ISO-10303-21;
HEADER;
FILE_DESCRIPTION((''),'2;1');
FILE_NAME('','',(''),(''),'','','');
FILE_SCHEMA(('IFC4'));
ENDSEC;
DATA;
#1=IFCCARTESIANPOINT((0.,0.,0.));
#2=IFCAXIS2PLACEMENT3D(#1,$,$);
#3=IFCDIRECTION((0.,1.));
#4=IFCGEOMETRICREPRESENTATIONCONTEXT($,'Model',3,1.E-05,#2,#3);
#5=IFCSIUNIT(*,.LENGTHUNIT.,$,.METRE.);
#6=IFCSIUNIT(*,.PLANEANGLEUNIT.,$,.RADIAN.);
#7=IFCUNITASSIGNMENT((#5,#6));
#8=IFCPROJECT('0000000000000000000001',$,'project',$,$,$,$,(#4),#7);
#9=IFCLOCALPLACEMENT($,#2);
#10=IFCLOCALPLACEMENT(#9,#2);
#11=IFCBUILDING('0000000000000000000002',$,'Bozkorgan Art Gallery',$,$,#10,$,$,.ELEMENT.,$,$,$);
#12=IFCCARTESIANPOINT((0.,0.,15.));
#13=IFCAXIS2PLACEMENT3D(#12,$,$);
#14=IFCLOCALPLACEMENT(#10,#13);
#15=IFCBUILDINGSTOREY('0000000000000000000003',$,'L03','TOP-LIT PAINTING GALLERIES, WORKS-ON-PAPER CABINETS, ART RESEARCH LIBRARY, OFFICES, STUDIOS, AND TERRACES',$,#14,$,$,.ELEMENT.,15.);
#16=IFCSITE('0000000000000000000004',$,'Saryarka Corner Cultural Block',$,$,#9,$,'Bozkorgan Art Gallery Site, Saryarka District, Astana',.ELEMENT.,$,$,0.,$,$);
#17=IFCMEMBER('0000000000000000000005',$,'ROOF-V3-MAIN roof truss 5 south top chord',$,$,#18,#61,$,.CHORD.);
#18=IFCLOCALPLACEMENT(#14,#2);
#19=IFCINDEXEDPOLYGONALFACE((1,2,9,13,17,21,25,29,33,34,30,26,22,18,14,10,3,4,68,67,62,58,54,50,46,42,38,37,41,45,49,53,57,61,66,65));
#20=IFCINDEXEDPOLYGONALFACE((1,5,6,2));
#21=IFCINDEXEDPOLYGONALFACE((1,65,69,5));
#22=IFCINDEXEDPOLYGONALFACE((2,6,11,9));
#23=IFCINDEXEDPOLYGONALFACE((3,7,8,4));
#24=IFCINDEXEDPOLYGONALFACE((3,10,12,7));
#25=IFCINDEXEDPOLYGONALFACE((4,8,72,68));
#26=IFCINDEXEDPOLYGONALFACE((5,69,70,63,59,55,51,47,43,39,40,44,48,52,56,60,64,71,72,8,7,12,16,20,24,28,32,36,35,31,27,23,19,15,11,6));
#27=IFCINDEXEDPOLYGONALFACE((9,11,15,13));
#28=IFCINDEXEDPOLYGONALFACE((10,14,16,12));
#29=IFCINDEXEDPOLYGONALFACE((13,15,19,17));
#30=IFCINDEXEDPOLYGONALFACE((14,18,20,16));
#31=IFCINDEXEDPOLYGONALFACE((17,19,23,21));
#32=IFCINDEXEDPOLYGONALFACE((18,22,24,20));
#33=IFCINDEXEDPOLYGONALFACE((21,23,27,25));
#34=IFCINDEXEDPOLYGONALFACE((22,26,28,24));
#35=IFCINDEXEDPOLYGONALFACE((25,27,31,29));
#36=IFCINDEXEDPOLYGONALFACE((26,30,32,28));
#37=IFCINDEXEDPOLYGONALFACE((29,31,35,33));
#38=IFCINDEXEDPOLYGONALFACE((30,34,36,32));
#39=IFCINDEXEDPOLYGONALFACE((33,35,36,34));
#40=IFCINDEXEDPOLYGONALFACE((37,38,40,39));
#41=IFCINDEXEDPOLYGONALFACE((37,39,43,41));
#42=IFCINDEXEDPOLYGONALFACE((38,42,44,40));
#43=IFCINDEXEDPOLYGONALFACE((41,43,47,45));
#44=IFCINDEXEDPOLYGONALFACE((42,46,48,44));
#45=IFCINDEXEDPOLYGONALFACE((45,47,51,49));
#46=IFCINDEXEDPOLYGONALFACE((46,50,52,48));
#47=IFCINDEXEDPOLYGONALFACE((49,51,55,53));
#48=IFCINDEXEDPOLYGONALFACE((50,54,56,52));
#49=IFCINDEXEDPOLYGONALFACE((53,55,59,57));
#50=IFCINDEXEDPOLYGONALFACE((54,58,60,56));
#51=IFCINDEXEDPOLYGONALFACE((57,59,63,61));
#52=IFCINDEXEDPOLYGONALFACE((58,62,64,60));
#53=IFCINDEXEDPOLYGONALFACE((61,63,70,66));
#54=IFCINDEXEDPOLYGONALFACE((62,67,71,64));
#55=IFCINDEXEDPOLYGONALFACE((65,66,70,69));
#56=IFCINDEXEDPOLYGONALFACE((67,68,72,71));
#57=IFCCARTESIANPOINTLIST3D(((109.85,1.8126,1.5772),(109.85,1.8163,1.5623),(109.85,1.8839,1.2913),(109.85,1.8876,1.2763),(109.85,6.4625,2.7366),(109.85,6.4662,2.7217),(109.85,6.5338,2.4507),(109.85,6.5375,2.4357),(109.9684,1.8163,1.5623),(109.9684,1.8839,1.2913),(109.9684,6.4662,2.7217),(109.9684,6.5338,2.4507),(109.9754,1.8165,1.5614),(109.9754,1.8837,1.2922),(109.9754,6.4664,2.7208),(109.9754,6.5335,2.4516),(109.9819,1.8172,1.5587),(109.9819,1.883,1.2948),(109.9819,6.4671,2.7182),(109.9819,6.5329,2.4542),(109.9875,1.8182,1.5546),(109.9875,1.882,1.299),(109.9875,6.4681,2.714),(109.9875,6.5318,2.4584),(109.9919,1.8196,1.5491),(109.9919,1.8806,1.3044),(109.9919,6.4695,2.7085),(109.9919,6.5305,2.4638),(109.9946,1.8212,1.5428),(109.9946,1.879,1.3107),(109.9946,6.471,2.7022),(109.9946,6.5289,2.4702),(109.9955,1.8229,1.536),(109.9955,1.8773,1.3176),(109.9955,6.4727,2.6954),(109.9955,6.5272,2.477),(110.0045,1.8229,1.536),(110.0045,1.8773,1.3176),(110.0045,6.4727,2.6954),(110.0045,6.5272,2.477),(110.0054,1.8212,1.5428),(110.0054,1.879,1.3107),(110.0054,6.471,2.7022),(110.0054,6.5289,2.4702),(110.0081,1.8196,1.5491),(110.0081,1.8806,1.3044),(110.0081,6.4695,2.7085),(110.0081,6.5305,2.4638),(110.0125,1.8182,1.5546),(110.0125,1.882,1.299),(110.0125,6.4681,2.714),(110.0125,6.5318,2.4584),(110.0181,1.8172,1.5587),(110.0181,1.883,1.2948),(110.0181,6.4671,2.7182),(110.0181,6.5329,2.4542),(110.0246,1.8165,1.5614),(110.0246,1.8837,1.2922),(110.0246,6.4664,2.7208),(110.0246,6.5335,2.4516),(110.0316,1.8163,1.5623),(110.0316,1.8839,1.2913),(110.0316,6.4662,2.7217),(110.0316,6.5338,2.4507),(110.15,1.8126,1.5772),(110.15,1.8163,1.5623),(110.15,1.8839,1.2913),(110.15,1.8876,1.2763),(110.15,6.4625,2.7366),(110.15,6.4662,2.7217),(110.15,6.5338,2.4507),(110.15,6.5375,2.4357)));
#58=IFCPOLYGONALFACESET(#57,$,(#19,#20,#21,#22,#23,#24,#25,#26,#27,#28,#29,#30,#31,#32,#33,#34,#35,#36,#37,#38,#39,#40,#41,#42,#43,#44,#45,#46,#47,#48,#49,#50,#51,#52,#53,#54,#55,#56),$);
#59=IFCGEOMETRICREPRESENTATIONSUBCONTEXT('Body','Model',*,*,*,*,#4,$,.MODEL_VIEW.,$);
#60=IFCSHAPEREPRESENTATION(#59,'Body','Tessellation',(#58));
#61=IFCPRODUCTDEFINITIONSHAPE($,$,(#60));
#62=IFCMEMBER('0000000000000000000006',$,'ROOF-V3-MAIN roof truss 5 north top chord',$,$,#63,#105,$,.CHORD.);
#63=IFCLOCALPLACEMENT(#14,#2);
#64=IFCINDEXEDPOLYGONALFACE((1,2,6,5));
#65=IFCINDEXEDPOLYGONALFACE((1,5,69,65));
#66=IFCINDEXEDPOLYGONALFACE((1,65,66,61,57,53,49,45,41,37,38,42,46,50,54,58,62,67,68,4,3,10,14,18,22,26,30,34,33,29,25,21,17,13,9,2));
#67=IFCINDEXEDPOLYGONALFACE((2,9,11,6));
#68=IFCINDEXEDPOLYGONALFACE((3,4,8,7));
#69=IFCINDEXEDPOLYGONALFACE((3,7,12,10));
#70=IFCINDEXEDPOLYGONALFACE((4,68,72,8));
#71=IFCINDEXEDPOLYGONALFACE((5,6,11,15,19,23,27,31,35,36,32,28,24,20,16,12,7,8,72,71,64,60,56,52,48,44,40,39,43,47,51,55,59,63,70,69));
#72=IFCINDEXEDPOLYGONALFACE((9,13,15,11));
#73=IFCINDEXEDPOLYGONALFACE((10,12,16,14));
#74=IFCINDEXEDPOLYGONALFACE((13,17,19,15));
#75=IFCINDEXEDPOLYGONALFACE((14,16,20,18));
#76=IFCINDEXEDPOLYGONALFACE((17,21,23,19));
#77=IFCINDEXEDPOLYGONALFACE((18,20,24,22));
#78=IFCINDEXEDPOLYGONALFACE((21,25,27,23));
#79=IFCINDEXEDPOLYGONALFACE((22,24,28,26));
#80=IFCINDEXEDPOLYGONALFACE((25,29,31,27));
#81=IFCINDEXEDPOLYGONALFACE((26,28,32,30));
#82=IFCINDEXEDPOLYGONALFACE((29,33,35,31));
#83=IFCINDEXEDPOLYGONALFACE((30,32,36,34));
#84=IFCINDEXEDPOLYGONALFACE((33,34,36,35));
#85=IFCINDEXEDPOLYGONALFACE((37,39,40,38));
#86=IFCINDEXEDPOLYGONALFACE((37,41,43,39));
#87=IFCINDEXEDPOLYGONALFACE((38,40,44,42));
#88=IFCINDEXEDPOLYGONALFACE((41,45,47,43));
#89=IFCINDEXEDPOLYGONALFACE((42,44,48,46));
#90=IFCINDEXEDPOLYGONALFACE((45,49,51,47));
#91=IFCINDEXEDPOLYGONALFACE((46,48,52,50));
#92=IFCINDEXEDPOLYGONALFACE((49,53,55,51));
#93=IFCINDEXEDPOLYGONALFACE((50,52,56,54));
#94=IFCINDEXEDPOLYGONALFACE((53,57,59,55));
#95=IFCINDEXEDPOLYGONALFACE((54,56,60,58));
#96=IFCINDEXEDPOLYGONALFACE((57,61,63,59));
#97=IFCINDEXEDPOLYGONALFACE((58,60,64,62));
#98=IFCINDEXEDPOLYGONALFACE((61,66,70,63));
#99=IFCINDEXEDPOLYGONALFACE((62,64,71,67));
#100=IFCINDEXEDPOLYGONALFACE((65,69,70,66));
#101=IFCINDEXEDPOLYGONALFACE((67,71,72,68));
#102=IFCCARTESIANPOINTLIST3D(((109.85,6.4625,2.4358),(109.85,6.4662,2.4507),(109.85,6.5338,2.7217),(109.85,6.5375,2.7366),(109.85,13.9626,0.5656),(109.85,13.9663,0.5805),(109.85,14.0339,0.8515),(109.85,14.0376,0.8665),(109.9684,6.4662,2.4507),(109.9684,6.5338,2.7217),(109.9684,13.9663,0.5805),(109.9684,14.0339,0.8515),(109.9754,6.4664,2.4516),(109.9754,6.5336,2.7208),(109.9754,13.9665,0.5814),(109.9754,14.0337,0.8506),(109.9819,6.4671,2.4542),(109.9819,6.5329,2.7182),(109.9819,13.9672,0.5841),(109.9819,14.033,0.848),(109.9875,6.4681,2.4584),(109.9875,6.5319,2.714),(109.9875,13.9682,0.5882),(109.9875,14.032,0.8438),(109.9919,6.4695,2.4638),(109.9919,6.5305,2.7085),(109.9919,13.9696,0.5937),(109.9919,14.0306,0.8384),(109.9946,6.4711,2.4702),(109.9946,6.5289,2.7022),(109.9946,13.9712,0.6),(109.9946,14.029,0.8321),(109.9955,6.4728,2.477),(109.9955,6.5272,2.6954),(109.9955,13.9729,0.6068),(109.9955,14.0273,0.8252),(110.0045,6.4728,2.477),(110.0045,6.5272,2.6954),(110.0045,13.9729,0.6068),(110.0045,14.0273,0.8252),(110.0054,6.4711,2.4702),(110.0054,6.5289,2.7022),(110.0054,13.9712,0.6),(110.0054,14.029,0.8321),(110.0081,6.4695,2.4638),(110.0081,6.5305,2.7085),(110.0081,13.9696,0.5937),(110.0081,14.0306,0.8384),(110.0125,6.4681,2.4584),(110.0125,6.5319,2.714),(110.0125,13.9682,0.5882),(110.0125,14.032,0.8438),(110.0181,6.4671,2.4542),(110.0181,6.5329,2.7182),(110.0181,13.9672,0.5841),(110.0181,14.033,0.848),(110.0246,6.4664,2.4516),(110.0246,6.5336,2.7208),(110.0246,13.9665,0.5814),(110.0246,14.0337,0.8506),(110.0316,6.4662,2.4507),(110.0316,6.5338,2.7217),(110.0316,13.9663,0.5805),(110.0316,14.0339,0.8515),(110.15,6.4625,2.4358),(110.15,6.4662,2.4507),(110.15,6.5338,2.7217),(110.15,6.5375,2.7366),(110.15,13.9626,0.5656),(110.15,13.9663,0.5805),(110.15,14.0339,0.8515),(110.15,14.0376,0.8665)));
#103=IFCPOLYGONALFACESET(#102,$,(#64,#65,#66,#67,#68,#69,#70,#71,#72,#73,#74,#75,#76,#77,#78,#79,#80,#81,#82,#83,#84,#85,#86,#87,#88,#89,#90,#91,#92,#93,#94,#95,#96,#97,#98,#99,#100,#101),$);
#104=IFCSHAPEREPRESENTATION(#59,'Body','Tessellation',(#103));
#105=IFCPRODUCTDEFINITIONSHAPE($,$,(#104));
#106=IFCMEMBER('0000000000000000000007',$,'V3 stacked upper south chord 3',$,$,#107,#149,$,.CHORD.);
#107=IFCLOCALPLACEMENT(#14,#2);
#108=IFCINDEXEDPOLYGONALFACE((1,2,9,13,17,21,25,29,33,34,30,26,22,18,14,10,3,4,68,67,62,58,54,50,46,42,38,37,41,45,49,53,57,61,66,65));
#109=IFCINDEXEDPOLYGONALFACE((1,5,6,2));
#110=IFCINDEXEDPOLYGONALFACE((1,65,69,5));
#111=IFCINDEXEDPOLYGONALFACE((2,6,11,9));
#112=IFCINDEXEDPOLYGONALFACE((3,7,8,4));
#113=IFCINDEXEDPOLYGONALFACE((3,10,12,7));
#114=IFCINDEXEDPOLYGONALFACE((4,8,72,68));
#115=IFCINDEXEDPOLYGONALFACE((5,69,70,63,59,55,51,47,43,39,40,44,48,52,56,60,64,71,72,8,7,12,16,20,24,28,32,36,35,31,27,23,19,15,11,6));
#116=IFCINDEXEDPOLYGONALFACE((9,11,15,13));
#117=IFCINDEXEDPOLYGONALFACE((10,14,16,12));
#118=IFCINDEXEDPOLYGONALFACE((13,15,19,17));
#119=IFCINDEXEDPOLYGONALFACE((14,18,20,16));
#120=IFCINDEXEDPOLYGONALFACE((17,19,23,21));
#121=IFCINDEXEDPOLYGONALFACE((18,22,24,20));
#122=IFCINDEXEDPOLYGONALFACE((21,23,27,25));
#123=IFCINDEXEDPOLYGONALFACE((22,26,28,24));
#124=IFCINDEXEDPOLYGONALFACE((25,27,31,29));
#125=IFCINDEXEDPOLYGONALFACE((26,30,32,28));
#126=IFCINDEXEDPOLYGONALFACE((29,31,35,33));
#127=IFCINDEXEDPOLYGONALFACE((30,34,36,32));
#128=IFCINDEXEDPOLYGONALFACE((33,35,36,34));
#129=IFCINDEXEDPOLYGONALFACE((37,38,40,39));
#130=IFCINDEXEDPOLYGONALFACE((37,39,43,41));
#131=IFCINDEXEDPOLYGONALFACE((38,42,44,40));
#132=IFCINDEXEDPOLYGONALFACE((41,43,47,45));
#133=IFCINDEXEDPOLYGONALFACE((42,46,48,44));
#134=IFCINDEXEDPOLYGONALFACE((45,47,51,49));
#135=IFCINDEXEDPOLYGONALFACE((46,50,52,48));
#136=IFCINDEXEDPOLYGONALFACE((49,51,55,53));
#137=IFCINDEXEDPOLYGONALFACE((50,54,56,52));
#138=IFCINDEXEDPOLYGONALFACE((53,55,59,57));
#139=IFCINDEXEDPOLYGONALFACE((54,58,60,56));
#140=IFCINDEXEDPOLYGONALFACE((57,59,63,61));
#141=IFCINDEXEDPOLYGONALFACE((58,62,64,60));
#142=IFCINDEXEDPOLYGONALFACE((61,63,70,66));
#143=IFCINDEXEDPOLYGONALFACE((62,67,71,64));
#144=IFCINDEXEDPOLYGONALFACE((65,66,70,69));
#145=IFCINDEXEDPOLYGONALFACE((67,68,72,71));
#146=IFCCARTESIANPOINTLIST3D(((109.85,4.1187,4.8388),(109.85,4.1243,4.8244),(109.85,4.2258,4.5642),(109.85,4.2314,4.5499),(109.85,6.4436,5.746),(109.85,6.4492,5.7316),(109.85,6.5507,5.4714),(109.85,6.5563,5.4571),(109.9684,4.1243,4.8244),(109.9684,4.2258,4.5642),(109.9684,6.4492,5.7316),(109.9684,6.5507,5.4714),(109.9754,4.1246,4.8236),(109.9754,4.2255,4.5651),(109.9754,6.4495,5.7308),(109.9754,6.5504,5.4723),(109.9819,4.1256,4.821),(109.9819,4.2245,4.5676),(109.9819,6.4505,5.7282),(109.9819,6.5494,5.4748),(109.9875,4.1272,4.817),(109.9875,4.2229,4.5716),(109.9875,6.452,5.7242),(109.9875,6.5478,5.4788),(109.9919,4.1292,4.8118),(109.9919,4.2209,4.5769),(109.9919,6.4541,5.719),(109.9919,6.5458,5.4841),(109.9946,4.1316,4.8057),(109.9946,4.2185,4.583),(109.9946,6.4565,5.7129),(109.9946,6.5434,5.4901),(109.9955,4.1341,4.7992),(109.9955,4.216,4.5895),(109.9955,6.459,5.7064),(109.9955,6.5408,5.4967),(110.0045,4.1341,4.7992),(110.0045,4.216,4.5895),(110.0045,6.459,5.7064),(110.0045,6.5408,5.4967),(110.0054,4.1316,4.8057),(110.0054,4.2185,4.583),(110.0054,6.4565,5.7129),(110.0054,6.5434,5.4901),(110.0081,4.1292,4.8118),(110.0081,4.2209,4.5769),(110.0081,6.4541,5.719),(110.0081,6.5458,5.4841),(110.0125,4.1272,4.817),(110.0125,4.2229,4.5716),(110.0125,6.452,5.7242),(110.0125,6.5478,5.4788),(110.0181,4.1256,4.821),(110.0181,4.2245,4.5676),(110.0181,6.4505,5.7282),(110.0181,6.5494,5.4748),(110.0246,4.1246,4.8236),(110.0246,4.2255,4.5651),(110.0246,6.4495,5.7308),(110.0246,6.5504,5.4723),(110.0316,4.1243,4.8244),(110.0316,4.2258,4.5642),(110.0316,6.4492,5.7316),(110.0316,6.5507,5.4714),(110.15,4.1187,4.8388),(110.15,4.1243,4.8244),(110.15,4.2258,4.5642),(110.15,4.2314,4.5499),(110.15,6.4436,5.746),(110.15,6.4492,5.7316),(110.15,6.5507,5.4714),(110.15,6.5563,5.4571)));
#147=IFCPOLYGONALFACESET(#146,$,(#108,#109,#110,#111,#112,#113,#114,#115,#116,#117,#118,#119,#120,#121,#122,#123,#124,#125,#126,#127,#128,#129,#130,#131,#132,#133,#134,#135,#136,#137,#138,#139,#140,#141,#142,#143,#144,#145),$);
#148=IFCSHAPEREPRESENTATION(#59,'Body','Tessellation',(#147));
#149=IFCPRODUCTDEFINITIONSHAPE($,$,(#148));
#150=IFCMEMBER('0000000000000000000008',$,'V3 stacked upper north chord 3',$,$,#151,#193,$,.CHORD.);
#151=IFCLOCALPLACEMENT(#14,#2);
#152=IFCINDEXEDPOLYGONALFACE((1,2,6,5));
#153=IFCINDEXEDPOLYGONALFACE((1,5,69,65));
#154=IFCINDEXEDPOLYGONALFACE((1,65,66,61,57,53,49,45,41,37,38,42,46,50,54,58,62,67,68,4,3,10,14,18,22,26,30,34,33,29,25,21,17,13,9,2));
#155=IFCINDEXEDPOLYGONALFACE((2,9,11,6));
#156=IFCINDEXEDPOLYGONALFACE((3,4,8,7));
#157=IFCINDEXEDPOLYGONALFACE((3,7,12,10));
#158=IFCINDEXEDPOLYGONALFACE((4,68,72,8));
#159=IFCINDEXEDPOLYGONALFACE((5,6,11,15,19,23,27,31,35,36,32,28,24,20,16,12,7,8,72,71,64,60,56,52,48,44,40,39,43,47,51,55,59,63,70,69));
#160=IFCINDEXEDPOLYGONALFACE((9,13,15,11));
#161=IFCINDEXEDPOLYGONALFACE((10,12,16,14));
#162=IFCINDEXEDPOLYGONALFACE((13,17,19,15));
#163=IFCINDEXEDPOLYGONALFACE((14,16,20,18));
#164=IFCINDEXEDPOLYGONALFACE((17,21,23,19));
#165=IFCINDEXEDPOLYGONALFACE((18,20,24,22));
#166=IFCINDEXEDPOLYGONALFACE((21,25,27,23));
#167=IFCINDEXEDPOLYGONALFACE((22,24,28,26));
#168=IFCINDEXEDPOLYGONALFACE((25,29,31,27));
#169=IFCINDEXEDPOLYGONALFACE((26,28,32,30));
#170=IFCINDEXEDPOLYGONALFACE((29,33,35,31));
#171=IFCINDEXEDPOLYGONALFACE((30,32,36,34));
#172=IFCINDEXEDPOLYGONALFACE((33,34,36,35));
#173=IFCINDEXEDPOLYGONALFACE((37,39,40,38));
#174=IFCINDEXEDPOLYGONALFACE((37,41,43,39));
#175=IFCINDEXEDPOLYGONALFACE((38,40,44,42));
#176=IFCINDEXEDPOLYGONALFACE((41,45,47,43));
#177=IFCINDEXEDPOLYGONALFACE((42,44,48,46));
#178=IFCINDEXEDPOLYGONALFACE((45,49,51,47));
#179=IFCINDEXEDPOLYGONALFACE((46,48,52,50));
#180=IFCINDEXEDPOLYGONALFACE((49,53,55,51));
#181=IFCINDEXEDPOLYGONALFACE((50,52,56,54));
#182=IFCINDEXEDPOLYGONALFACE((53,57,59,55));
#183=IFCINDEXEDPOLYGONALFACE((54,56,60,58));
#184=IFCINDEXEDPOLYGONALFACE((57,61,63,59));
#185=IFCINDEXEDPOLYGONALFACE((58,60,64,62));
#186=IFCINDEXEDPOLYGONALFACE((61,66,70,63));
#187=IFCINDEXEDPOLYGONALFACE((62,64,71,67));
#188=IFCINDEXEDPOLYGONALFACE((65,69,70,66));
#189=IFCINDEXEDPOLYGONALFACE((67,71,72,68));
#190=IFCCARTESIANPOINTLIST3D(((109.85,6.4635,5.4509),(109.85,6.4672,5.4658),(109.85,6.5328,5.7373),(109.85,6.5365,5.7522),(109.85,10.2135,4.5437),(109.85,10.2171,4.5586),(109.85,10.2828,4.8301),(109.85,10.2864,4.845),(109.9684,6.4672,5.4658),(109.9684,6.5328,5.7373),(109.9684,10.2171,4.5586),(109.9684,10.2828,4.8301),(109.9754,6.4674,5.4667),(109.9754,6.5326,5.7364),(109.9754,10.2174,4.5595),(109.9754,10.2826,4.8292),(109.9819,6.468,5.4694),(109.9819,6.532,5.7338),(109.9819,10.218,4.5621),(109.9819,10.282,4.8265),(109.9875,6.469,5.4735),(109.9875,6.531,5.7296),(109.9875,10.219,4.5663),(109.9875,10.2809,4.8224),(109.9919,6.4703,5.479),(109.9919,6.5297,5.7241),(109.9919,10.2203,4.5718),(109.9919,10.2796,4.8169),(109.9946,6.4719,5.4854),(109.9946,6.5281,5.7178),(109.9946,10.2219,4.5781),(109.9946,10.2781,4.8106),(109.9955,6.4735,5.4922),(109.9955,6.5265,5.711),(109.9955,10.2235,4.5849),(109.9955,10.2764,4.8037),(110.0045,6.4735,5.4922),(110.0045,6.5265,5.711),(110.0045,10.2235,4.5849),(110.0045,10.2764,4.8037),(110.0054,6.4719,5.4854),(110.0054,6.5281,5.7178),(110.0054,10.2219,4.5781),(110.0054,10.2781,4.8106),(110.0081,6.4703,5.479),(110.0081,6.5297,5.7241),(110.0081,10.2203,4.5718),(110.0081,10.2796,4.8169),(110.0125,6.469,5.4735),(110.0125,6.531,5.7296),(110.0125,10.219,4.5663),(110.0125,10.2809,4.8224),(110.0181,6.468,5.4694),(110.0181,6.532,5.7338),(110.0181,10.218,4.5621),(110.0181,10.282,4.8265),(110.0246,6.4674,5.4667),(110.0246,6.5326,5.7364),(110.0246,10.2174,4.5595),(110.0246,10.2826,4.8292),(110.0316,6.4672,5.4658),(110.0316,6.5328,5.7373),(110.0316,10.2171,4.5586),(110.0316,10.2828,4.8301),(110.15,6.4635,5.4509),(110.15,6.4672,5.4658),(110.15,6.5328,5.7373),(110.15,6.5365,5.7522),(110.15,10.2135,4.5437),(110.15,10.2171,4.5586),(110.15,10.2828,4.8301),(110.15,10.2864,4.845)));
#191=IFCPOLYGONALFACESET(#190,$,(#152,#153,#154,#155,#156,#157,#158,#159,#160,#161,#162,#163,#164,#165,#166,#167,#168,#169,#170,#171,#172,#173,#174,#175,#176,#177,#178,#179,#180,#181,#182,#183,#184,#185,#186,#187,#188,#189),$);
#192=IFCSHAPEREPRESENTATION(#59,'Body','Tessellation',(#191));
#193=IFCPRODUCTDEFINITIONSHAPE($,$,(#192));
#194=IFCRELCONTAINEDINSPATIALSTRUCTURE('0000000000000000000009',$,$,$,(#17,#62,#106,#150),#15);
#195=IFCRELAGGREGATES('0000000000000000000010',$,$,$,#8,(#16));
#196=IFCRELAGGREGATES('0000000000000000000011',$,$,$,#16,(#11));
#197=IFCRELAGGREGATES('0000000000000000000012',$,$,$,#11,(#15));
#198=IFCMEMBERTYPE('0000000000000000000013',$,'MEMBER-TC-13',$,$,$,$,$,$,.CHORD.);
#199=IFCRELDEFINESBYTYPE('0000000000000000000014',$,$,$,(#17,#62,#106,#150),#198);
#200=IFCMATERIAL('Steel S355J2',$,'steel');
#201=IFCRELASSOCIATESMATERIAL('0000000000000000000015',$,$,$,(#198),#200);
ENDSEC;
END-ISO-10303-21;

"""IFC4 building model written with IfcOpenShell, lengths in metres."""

from ifc_helpers import new_model, si_unit, direction, frame, origin, origin_2d, place, context, subcontext, project, spatial, i_section, extrude, material, material_profile, profile_set, type_object, element, save


model = new_model("IFC4")

# Units and contexts
model_context = context("Model", 3, precision=1e-05, world=origin(), true_north=direction((0.0, 1.0)))
body_context = subcontext(model_context, "Body", "Model", "MODEL_VIEW")
ifc_project = project(units=[si_unit("LENGTHUNIT", "METRE"), si_unit("PLANEANGLEUNIT", "RADIAN")], contexts=[model_context])

# Site, building, storey
site_placement = place(None, origin())
site = spatial("IfcSite", under=ifc_project, at=site_placement, Name="Saryarka Corner Cultural Block", LongName="Bozkorgan Art Gallery Site, Saryarka District, Astana", CompositionType="ELEMENT", RefElevation=0.0)
building_placement = place(site_placement, origin())
building = spatial("IfcBuilding", under=site, at=building_placement, Name="Bozkorgan Art Gallery", CompositionType="ELEMENT")
storey_placement = place(building_placement, frame((0.0, 0.0, 15.0)))
storey = spatial("IfcBuildingStorey", under=building, at=storey_placement, Name="L03", Description="TOP-LIT PAINTING GALLERIES, WORKS-ON-PAPER CABINETS, ART RESEARCH LIBRARY, OFFICES, STUDIOS, AND TERRACES", CompositionType="ELEMENT", Elevation=15.0)

# Shared definitions
ifc_material_1 = material(Name="Steel S355J2", Category="steel")

# Members
ifc_material_profile_1 = material_profile(ifc_material_1, i_section(OverallWidth=0.3, OverallDepth=0.3101, WebThickness=0.009, FlangeThickness=0.0154, FilletRadius=0.0271, at=origin_2d()), Name="HEA 320")
ifc_profile_set_1 = profile_set([ifc_material_profile_1], Name="Steel S355J2")
member_type_1 = type_object("IfcMemberType", Name="MEMBER-TC-13", PredefinedType="CHORD", material=ifc_profile_set_1)
member_1_placement = place(storey_placement, frame((110.0, 1.8501, 1.4268), z_axis=(0.0, 0.970292, 0.241936), x_axis=(-1.0, 0.0, 0.0)))
element("IfcMember", 1, at=member_1_placement, inside=storey, type_object=member_type_1, Name="ROOF-V3-MAIN roof truss 5 south top chord", PredefinedType="CHORD", context=body_context, shape_type="SweptSolid", body=[
    extrude(i_section(OverallWidth=0.3, OverallDepth=0.3101, WebThickness=0.009, FlangeThickness=0.0154, FilletRadius=0.0271, at=origin_2d()), origin(), (0.0, 0.0, 1.0), 4.7922),
])
member_2_placement = place(storey_placement, frame((110.0, 6.5, 2.5862), z_axis=(0.0, 0.970291, -0.241941), x_axis=(-1.0, 0.0, 0.0)))
element("IfcMember", 2, at=member_2_placement, inside=storey, type_object=member_type_1, Name="ROOF-V3-MAIN roof truss 5 north top chord", PredefinedType="CHORD", context=body_context, shape_type="SweptSolid", body=[
    extrude(i_section(OverallWidth=0.3, OverallDepth=0.3101, WebThickness=0.009, FlangeThickness=0.0154, FilletRadius=0.0271, at=origin_2d()), origin(), (0.0, 0.0, 1.0), 7.7297),
])
member_3_placement = place(storey_placement, frame((110.0, 4.175, 4.6943), z_axis=(0.0, 0.931587, 0.363518), x_axis=(-1.0, 0.0, 0.0)))
element("IfcMember", 3, at=member_3_placement, inside=storey, type_object=member_type_1, Name="V3 stacked upper south chord 3", PredefinedType="CHORD", context=body_context, shape_type="SweptSolid", body=[
    extrude(i_section(OverallWidth=0.3, OverallDepth=0.3101, WebThickness=0.009, FlangeThickness=0.0154, FilletRadius=0.0271, at=origin_2d()), origin(), (0.0, 0.0, 1.0), 2.4956),
])
member_4_placement = place(storey_placement, frame((110.0, 6.5, 5.6016), z_axis=(0.0, 0.971961, -0.235144), x_axis=(-1.0, 0.0, 0.0)))
element("IfcMember", 4, at=member_4_placement, inside=storey, type_object=member_type_1, Name="V3 stacked upper north chord 3", PredefinedType="CHORD", context=body_context, shape_type="SweptSolid", body=[
    extrude(i_section(OverallWidth=0.3, OverallDepth=0.3101, WebThickness=0.009, FlangeThickness=0.0154, FilletRadius=0.0271, at=origin_2d()), origin(), (0.0, 0.0, 1.0), 3.8582),
])

save(model, "model.ifc")
